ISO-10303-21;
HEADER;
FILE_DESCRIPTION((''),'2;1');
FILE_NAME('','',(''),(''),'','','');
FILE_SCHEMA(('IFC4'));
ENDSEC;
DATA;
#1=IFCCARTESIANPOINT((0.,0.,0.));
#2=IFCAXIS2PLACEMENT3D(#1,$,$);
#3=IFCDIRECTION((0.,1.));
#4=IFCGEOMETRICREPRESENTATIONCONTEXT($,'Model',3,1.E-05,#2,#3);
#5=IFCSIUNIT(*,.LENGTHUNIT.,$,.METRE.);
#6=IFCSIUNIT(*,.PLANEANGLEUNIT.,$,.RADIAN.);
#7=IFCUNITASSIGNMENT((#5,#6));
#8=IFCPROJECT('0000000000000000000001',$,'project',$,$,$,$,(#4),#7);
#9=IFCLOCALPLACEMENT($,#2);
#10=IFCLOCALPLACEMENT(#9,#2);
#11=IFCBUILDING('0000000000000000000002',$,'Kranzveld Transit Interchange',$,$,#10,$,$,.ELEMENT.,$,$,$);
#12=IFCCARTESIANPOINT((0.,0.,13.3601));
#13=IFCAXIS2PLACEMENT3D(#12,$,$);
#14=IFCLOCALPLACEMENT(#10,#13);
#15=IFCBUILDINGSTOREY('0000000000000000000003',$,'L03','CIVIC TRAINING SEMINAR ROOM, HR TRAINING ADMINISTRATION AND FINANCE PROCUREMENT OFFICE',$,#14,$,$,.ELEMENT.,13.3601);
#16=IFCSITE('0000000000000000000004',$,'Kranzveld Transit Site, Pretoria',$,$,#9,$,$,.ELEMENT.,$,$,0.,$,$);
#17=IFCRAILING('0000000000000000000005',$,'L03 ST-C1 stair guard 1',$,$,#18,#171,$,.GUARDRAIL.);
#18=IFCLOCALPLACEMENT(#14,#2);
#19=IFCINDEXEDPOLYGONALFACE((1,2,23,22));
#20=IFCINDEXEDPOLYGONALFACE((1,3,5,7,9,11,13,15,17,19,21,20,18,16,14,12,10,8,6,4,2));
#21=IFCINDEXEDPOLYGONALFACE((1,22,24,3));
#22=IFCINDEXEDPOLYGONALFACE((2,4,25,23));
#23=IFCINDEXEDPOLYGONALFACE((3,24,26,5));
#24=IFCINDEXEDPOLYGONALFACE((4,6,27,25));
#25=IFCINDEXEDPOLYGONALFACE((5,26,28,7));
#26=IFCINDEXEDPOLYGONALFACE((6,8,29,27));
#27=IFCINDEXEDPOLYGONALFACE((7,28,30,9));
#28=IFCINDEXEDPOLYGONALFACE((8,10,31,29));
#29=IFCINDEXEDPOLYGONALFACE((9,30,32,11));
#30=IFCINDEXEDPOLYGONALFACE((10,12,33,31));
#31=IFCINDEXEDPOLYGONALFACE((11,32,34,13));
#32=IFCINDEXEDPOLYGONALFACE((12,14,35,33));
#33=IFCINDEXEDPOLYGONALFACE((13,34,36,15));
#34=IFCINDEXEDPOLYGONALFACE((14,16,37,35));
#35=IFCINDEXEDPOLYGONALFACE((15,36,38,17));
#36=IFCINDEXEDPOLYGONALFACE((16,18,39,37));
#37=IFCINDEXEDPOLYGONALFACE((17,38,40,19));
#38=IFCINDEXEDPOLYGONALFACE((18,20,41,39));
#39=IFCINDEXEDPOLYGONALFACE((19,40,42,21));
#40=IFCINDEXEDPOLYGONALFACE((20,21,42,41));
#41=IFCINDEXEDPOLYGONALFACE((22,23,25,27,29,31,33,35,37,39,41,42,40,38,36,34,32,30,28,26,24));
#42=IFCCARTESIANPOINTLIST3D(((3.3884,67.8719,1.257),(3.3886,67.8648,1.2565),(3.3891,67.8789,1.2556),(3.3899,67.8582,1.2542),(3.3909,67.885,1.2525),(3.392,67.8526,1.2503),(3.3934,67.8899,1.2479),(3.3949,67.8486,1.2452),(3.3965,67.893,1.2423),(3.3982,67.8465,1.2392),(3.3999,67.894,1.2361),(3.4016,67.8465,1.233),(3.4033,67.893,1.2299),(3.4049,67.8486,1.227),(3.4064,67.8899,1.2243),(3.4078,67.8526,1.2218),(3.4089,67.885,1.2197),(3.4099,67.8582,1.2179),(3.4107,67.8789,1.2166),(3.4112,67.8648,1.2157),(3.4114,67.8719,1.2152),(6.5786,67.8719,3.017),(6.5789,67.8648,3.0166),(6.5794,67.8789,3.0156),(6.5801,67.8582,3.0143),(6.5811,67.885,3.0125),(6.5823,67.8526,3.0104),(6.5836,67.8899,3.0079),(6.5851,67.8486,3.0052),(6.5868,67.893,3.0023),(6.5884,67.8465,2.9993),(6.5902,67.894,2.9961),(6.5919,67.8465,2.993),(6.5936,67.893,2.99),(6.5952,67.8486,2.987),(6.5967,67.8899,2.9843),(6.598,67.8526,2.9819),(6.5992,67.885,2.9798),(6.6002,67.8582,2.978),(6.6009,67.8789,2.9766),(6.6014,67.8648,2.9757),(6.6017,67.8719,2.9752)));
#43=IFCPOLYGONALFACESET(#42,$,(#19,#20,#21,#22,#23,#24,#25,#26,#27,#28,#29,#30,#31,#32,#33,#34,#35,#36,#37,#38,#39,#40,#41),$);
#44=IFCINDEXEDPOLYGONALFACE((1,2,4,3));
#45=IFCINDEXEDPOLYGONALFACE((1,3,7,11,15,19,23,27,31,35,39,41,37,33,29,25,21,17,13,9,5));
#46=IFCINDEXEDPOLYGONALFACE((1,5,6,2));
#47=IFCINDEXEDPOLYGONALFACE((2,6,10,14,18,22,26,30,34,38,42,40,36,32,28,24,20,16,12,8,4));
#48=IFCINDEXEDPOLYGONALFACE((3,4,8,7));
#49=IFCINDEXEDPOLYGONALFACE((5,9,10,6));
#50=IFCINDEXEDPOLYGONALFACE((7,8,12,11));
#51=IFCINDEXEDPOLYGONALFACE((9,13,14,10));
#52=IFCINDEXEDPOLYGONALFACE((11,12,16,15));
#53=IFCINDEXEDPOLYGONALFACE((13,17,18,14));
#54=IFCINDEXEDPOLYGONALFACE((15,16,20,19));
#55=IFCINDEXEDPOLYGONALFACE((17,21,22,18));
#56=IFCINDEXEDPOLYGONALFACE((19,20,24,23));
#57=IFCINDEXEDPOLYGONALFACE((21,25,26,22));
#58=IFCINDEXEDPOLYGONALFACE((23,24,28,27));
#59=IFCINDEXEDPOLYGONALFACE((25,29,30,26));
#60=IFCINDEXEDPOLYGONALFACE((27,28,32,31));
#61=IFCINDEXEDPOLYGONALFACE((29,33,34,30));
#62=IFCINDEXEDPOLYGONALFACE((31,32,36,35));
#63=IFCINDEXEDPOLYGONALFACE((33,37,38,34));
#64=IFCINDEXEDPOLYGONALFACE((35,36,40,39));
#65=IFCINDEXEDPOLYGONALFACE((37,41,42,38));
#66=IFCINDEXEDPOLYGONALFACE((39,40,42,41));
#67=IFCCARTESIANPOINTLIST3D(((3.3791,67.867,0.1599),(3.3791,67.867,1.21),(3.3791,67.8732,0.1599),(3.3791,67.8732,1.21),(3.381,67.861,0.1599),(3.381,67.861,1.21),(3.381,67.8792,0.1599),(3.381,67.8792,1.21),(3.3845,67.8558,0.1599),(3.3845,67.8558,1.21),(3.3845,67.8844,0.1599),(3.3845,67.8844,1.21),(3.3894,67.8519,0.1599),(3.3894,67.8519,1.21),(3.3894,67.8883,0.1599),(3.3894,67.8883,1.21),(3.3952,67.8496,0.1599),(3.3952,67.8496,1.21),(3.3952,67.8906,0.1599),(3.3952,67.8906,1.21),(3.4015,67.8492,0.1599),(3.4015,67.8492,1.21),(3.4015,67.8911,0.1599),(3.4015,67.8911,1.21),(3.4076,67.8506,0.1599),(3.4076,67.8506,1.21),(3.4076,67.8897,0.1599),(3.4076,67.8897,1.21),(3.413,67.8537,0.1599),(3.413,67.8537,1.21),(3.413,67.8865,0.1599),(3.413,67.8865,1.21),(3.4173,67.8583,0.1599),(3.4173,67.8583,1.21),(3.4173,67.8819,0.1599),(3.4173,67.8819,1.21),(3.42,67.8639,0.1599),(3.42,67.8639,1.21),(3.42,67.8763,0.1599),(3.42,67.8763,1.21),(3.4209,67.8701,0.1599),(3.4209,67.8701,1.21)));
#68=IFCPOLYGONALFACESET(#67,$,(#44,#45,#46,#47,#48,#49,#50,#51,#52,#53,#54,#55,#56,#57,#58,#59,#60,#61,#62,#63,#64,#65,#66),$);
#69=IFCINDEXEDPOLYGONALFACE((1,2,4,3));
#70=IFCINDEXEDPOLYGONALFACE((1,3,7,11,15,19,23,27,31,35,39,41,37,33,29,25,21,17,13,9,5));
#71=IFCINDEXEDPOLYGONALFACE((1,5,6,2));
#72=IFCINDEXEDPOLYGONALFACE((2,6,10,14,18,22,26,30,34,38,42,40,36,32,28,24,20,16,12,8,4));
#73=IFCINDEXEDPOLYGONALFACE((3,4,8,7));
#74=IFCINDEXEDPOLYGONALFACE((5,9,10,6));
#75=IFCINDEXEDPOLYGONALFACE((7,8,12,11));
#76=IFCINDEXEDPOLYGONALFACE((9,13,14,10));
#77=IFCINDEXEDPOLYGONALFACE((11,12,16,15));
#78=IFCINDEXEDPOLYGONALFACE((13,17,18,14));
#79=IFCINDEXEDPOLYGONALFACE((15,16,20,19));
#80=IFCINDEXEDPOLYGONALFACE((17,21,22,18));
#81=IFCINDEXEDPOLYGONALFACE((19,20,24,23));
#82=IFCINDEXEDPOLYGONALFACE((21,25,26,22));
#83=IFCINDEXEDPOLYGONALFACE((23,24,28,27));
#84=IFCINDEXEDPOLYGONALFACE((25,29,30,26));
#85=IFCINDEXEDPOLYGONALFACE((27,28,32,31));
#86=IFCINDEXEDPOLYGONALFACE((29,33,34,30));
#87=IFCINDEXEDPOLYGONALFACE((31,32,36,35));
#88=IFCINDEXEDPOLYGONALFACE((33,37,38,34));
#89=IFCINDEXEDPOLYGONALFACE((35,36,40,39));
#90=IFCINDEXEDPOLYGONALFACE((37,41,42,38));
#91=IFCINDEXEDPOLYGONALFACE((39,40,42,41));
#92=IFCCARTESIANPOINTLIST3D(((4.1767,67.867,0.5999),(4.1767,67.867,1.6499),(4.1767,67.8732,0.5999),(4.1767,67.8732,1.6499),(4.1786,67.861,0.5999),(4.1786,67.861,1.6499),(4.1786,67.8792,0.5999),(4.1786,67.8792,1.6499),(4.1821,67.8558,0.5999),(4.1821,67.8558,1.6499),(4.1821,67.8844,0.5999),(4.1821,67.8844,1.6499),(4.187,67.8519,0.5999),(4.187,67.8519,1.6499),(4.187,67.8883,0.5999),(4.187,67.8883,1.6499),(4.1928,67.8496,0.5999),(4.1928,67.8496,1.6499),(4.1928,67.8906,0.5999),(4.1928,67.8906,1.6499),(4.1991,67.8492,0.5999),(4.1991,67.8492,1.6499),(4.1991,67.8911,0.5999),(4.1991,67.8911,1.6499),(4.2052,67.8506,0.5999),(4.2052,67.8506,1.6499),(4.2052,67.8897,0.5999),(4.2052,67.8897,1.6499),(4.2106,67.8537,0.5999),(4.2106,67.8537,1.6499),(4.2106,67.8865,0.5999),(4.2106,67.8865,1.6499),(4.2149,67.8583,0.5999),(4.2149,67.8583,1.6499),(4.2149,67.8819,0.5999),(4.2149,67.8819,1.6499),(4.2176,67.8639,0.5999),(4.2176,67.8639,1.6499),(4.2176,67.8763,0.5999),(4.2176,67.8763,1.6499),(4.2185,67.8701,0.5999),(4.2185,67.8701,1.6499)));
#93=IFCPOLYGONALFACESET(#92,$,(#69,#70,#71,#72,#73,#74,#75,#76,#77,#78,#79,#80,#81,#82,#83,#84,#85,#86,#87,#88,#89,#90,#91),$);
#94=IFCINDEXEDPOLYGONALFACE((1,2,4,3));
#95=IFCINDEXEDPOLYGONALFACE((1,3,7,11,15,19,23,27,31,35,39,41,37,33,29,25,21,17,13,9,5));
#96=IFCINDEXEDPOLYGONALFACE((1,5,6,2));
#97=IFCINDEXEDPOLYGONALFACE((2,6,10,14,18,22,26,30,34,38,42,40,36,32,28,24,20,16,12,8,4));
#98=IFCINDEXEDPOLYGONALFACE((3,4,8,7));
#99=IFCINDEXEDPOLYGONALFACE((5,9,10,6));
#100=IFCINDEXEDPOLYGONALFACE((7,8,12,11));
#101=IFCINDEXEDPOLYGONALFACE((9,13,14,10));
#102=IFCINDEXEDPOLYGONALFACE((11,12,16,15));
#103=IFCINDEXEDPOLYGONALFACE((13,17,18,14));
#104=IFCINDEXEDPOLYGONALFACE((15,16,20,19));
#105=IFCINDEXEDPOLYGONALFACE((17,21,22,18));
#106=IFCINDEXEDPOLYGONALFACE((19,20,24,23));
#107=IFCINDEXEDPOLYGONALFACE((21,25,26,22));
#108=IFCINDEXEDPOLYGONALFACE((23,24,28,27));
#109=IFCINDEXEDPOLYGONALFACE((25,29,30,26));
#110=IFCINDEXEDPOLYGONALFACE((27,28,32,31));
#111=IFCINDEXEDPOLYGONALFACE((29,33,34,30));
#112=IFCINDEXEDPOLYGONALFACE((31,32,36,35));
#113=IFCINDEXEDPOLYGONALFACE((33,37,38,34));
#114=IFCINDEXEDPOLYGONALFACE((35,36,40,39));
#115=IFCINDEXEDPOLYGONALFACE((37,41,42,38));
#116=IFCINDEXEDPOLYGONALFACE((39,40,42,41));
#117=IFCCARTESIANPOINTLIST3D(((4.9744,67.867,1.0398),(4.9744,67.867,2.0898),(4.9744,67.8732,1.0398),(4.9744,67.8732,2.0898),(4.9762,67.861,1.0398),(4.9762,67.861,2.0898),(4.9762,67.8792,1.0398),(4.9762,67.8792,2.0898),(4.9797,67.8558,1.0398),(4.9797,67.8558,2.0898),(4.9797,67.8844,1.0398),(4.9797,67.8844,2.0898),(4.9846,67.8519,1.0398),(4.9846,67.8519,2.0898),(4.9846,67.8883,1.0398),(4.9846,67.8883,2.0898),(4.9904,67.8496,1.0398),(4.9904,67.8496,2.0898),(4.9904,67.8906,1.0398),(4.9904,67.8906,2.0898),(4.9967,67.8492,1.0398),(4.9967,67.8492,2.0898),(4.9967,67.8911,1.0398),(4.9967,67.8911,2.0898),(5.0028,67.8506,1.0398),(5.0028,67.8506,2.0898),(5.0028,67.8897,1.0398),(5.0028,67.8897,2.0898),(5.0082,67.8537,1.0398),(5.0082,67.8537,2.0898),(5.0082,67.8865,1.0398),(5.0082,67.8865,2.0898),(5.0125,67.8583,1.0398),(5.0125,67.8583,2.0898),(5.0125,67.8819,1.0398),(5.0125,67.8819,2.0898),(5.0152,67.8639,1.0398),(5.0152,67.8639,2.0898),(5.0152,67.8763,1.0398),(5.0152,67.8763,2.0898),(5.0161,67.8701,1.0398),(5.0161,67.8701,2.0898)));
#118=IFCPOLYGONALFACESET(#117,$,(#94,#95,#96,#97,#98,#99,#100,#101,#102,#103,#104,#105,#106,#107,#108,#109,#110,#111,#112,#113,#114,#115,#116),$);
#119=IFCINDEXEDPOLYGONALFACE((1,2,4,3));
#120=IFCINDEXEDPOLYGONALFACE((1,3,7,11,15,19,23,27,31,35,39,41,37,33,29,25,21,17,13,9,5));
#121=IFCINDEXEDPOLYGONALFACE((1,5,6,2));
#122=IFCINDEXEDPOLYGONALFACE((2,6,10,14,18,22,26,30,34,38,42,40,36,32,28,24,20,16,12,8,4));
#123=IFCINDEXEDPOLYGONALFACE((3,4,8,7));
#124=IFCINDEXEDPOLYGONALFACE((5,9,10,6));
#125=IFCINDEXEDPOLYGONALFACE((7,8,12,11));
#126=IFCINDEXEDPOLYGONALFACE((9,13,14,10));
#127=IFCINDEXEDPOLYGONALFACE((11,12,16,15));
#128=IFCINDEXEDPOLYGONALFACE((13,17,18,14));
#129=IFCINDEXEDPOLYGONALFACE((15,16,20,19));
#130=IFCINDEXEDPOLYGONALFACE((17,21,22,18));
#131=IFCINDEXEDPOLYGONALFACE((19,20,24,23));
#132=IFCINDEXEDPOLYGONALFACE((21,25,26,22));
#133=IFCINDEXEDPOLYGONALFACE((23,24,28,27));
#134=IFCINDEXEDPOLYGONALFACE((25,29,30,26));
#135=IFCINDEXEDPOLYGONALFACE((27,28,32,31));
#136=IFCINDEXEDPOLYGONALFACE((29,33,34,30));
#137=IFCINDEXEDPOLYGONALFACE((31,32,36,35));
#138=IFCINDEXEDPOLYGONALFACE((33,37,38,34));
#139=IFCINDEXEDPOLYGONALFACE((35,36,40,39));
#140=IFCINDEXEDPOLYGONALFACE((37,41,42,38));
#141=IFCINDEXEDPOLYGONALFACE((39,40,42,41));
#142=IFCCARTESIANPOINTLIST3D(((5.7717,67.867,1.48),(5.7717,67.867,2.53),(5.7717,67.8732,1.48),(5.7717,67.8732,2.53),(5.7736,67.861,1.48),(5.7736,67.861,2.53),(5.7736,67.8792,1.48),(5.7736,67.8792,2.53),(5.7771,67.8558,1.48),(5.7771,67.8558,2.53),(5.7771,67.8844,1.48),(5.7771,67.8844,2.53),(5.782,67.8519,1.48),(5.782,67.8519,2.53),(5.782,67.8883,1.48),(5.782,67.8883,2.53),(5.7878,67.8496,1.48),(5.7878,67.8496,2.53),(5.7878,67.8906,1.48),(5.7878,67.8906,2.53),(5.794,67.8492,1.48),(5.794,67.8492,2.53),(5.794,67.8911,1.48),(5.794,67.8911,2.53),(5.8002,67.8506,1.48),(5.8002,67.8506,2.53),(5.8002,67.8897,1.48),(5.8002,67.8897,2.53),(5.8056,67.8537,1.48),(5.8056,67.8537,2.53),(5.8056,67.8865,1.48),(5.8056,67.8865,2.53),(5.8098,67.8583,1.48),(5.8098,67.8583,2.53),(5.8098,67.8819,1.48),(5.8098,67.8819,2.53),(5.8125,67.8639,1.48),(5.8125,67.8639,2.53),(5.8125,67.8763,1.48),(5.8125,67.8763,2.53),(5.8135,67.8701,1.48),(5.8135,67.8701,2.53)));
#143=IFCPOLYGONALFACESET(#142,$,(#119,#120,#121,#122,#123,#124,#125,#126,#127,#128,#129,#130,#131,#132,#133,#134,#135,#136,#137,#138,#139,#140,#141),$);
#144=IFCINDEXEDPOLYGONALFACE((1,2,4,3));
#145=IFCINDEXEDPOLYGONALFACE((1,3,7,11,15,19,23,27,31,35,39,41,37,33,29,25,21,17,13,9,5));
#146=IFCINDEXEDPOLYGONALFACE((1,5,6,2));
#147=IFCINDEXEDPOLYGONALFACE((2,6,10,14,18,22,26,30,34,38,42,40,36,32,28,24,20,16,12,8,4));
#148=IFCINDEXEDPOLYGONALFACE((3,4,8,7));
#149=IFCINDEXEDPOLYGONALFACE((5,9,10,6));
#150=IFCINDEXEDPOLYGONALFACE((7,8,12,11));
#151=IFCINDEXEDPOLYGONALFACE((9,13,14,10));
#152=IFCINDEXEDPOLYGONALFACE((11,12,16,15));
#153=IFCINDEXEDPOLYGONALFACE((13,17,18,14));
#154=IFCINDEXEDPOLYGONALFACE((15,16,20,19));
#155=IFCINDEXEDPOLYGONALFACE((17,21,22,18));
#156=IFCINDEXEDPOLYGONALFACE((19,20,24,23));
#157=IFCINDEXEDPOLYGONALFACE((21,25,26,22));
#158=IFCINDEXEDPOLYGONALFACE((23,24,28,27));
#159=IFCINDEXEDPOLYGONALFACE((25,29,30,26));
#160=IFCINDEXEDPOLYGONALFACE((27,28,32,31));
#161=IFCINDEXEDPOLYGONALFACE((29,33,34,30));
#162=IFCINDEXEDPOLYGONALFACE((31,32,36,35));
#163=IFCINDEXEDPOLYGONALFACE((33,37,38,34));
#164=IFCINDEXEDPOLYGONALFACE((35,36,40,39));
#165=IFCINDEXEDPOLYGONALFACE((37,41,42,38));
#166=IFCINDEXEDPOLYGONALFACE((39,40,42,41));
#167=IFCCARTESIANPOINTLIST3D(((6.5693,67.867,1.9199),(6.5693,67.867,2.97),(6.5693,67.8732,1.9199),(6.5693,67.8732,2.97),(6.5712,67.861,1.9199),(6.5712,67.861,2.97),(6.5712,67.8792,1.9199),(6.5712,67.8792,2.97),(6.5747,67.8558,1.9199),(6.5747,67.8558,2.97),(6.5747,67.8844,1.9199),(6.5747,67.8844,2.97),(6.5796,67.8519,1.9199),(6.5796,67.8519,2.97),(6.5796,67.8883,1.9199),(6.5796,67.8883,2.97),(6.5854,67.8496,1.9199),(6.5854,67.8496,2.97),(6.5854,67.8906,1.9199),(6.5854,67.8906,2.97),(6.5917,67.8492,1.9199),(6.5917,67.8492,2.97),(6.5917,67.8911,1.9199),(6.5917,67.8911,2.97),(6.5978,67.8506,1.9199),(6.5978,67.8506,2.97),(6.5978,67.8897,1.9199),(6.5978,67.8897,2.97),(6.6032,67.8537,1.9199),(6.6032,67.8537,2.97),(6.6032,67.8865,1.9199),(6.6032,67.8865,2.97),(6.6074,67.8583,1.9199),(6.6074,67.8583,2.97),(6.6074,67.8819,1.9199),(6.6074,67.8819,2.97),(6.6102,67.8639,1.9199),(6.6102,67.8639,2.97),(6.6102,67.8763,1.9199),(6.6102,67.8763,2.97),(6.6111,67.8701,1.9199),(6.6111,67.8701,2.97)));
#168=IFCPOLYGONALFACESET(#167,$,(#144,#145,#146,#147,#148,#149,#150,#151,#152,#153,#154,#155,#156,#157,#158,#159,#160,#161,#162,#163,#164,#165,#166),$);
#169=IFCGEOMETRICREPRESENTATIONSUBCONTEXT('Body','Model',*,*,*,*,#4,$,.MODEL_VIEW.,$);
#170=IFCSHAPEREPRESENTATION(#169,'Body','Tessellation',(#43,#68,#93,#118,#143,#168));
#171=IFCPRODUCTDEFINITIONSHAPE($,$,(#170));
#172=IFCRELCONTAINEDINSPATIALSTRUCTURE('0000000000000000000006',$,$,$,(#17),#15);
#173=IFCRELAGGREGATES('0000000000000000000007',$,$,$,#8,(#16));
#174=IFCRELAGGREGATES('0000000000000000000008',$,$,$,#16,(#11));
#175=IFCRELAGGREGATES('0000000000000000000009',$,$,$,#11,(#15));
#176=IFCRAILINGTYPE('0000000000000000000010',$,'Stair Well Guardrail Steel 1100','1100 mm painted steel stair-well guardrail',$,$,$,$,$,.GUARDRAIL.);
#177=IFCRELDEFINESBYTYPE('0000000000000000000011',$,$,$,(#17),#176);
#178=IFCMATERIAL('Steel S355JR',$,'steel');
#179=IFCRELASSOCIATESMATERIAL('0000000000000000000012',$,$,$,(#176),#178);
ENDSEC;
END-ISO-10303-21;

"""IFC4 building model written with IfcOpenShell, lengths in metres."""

from ifc_helpers import new_model, si_unit, direction, frame, origin, origin_2d, place, context, subcontext, project, spatial, circle, extrude, material, type_object, element, save


model = new_model("IFC4")

# Units and contexts
model_context = context("Model", 3, precision=1e-05, world=origin(), true_north=direction((0.0, 1.0)))
body_context = subcontext(model_context, "Body", "Model", "MODEL_VIEW")
ifc_project = project(units=[si_unit("LENGTHUNIT", "METRE"), si_unit("PLANEANGLEUNIT", "RADIAN")], contexts=[model_context])

# Site, building, storey
site_placement = place(None, origin())
site = spatial("IfcSite", under=ifc_project, at=site_placement, Name="Kranzveld Transit Site, Pretoria", CompositionType="ELEMENT", RefElevation=0.0)
building_placement = place(site_placement, origin())
building = spatial("IfcBuilding", under=site, at=building_placement, Name="Kranzveld Transit Interchange", CompositionType="ELEMENT")
storey_placement = place(building_placement, frame((0.0, 0.0, 13.3601)))
storey = spatial("IfcBuildingStorey", under=building, at=storey_placement, Name="L03", Description="CIVIC TRAINING SEMINAR ROOM, HR TRAINING ADMINISTRATION AND FINANCE PROCUREMENT OFFICE", CompositionType="ELEMENT", Elevation=13.3601)

# Railing
ifc_material_1 = material(Name="Steel S355JR", Category="steel")
railing_type_1 = type_object("IfcRailingType", Name="Stair Well Guardrail Steel 1100", Description="1100 mm painted steel stair-well guardrail", PredefinedType="GUARDRAIL", material=ifc_material_1)
railing_1_placement = place(storey_placement, frame((3.3999, 67.8701, 0.1599)))
element("IfcRailing", 1, at=railing_1_placement, inside=storey, type_object=railing_type_1, Name="L03 ST-C1 stair guard 1", PredefinedType="GUARDRAIL", context=body_context, shape_type="SweptSolid", body=[
    extrude(circle(Radius=0.0239, at=origin_2d()), frame((0.0, 0.0, 1.0762), z_axis=(0.875588, 0.0, 0.483058), x_axis=(0.0, 1.0, 0.0)), (0.0, 0.0, 1.0), 3.6436),
    extrude(circle(Radius=0.021, at=origin_2d()), origin(), (0.0, 0.0, 1.0), 1.05),
    extrude(circle(Radius=0.021, at=origin_2d()), frame((0.7976, 0.0, 0.4399)), (0.0, 0.0, 1.0), 1.05),
    extrude(circle(Radius=0.021, at=origin_2d()), frame((1.5952, 0.0, 0.8799)), (0.0, 0.0, 1.0), 1.05),
    extrude(circle(Radius=0.021, at=origin_2d()), frame((2.3926, 0.0, 1.3201)), (0.0, 0.0, 1.0), 1.05),
    extrude(circle(Radius=0.021, at=origin_2d()), frame((3.1902, 0.0, 1.76)), (0.0, 0.0, 1.0), 1.05),
])

save(model, "model.ifc")
